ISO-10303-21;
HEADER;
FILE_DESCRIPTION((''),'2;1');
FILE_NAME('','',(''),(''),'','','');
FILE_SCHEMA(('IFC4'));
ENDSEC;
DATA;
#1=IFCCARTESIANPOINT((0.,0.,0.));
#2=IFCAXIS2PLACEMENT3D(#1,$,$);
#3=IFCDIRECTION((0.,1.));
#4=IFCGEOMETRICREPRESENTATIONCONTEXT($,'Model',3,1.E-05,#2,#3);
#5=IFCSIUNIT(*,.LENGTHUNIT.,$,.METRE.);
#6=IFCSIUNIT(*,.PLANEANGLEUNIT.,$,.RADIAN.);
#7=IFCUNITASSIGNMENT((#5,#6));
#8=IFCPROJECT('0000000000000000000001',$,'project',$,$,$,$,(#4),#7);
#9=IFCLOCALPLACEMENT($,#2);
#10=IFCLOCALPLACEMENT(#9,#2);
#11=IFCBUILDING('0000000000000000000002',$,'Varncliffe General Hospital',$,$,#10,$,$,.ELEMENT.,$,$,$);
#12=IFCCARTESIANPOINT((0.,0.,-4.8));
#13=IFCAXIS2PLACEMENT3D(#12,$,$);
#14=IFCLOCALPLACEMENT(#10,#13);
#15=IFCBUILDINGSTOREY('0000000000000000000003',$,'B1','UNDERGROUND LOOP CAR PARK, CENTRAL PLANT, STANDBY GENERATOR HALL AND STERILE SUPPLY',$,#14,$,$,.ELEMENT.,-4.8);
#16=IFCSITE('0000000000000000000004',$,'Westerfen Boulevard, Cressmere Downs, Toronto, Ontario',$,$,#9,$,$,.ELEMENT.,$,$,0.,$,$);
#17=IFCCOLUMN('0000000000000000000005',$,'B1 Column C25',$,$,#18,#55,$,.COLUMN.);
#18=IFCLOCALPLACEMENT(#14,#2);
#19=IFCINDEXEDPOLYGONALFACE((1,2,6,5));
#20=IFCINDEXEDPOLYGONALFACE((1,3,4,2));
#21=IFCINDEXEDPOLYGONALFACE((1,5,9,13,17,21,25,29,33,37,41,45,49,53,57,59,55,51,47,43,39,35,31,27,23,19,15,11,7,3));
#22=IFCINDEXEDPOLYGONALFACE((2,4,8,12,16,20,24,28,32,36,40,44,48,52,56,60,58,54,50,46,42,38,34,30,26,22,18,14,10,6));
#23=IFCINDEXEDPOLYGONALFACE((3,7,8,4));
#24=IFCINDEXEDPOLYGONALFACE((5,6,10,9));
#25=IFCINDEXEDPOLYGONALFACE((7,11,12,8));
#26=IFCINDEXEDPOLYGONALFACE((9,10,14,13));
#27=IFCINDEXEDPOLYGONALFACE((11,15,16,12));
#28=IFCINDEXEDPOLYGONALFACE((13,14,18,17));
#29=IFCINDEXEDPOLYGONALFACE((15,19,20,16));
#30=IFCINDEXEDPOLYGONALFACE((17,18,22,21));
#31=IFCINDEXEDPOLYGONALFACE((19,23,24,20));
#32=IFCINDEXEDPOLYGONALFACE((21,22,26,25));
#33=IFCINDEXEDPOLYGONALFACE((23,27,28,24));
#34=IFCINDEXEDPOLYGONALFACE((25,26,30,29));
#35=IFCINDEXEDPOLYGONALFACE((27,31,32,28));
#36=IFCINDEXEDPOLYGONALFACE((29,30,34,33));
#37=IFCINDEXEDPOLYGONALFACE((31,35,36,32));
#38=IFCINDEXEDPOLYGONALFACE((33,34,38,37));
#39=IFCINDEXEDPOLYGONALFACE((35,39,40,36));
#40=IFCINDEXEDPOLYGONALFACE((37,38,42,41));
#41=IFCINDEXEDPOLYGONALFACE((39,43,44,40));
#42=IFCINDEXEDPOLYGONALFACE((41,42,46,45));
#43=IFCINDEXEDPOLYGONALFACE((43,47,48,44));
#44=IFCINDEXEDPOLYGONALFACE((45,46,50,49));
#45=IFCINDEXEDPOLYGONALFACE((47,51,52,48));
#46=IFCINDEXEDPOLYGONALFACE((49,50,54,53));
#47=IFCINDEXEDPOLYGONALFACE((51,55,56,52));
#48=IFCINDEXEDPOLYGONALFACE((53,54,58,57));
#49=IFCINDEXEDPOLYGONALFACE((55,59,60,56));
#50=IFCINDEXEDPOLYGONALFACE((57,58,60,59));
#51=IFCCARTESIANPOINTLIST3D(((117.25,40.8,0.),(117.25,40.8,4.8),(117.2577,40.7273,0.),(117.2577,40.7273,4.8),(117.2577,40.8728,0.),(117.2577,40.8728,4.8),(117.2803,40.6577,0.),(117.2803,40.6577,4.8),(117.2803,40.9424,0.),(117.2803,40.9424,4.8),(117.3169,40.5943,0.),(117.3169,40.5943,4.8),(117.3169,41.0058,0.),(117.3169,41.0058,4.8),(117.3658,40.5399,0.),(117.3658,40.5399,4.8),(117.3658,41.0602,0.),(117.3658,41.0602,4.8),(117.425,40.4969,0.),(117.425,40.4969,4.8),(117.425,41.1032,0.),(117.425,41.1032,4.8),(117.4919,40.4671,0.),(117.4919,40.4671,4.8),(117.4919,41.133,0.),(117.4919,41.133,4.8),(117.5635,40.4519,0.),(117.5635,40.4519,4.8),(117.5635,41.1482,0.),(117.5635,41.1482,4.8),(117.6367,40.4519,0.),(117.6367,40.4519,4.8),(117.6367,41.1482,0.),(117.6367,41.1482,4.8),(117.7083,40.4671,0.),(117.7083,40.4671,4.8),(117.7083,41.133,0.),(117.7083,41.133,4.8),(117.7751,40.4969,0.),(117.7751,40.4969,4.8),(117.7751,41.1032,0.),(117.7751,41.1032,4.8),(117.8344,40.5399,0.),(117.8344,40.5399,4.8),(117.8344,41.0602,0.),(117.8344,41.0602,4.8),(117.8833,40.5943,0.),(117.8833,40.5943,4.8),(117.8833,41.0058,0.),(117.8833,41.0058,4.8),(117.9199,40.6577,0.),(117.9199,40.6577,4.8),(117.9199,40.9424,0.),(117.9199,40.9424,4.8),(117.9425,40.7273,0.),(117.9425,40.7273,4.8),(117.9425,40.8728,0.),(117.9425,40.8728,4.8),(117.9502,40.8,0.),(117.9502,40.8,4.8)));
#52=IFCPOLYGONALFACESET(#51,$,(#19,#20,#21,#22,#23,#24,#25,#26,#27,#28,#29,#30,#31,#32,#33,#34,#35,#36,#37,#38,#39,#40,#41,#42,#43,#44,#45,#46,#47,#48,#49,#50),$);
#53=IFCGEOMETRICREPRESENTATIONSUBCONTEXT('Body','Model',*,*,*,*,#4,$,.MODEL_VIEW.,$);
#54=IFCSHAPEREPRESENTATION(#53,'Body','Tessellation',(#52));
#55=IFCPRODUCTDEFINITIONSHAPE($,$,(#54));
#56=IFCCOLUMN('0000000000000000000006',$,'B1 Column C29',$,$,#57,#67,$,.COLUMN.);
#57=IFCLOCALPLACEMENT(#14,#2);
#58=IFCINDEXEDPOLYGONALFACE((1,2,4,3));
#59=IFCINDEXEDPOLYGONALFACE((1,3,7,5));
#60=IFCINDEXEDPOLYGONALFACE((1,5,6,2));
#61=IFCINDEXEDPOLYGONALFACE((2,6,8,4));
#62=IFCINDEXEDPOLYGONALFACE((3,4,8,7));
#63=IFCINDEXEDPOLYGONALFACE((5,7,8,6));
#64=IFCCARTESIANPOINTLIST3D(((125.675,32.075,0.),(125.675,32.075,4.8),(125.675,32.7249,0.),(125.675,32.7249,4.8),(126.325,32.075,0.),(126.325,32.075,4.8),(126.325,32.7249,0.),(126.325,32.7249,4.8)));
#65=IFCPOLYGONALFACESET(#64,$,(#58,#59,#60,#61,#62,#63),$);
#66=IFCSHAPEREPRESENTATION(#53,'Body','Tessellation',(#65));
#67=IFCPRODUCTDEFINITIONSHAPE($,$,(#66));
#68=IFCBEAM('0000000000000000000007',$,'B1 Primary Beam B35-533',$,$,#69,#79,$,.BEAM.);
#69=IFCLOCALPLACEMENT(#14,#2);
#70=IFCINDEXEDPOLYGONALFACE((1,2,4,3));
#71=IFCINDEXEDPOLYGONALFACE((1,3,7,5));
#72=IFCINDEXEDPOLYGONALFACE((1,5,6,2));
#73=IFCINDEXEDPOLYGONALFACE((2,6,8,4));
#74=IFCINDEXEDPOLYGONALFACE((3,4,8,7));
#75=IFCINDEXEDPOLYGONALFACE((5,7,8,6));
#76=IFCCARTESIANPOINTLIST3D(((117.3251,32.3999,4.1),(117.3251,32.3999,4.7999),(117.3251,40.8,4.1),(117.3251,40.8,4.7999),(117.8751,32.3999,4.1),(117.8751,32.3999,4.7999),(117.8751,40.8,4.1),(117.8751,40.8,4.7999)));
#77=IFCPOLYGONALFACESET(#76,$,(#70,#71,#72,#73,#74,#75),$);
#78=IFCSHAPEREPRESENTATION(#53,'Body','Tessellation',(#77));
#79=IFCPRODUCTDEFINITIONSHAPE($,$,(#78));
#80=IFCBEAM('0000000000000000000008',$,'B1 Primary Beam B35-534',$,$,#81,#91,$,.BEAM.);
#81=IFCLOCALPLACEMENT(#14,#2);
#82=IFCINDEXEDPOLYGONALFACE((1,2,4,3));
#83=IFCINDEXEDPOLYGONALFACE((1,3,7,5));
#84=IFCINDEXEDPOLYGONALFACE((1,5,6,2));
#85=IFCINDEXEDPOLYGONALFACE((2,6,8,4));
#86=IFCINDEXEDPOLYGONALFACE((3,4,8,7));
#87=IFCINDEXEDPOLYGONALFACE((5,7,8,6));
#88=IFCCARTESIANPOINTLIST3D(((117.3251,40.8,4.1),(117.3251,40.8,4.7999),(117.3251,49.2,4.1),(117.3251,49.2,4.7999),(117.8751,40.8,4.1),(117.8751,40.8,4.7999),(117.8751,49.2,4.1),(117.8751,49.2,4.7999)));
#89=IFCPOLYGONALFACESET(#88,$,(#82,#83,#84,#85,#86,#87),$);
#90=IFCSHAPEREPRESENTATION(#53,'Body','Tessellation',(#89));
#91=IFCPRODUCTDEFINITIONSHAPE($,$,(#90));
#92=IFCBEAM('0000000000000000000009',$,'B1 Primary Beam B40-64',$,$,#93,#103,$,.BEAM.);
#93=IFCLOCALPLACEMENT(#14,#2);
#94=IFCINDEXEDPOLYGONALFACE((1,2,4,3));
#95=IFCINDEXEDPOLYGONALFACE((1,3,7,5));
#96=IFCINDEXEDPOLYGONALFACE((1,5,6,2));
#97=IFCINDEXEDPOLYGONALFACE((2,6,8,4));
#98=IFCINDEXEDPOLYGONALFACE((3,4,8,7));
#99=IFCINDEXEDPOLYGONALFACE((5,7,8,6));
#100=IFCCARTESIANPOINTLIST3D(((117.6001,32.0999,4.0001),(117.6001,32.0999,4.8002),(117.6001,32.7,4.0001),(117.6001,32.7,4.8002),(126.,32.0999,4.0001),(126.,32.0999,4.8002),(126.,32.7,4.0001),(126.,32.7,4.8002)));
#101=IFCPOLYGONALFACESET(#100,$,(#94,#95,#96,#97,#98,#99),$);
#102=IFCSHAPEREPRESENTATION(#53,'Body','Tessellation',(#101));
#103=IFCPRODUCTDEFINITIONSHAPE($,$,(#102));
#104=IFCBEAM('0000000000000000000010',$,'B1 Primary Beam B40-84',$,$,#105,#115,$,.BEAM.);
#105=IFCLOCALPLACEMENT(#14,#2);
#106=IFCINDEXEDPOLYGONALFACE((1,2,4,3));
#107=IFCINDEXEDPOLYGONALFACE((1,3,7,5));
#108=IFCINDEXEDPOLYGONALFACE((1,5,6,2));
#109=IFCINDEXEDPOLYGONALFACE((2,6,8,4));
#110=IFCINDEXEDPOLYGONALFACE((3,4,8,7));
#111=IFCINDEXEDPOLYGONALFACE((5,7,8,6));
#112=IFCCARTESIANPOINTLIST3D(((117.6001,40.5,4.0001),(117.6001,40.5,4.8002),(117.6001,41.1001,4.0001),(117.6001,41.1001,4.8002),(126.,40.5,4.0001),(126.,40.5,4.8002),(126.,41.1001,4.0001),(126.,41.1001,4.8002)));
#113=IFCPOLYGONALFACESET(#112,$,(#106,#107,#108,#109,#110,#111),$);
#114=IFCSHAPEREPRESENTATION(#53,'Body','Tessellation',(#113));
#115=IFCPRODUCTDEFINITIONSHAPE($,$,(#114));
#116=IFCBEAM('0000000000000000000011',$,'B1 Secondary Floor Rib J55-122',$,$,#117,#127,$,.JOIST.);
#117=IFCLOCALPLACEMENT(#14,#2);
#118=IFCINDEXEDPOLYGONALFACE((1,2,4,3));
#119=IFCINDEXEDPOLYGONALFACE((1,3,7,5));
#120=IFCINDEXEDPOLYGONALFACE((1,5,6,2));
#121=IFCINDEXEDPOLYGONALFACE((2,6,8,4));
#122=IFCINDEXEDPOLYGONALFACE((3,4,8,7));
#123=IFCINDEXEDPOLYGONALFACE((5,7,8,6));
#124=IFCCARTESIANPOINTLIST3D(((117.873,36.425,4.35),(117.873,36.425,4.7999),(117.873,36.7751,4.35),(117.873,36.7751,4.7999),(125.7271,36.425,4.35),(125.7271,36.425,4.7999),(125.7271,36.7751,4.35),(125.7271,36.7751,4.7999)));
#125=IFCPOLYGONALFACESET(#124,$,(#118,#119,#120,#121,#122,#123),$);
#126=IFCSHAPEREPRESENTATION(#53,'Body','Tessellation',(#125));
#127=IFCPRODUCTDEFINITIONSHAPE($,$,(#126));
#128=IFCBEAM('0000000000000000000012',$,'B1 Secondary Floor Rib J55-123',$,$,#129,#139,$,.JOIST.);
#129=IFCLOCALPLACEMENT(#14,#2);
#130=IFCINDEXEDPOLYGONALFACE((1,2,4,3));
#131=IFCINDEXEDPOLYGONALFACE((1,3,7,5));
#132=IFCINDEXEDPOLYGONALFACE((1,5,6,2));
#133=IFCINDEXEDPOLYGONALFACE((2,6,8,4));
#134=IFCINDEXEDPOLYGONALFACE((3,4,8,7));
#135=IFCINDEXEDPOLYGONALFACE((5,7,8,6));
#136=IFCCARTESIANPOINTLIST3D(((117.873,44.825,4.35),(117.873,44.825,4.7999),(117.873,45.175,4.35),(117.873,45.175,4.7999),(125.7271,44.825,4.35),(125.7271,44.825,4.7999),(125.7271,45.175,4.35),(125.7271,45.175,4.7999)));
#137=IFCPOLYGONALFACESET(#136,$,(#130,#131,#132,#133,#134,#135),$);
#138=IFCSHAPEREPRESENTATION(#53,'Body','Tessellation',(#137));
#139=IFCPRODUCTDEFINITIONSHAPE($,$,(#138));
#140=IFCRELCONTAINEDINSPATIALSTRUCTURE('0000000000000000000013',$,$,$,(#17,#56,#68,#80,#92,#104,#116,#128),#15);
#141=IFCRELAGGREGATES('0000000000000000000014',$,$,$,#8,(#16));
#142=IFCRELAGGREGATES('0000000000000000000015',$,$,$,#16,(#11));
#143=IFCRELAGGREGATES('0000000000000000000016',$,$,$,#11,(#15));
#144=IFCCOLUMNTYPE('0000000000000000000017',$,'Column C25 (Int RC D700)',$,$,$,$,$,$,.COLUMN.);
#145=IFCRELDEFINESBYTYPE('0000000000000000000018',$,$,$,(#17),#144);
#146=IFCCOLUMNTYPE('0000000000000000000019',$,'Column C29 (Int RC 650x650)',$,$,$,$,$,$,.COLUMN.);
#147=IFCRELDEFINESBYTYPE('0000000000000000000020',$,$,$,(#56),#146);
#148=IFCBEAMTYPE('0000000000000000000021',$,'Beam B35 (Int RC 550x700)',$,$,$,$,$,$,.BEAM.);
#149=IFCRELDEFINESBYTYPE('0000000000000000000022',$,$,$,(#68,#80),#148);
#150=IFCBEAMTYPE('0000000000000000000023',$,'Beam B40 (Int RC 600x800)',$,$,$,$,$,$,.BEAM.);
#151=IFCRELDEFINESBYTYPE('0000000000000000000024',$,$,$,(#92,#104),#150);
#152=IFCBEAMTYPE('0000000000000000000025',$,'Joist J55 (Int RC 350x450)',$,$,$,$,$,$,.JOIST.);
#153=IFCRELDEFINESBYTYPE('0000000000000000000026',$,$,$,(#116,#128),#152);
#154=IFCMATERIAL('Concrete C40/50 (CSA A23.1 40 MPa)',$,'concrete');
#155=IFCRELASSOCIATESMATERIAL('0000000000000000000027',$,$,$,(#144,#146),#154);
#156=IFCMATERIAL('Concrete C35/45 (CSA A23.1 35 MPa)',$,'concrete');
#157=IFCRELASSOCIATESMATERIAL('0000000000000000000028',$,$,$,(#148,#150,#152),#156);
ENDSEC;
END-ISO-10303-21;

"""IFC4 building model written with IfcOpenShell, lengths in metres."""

from ifc_helpers import new_model, si_unit, direction, frame, origin, origin_2d, place, context, subcontext, project, spatial, rectangle, circle, extrude, material, material_profile, profile_set, type_object, element, save


model = new_model("IFC4")

# Units and contexts
model_context = context("Model", 3, precision=1e-05, world=origin(), true_north=direction((0.0, 1.0)))
body_context = subcontext(model_context, "Body", "Model", "MODEL_VIEW")
ifc_project = project(units=[si_unit("LENGTHUNIT", "METRE"), si_unit("PLANEANGLEUNIT", "RADIAN")], contexts=[model_context])

# Site, building, storey
site_placement = place(None, origin())
site = spatial("IfcSite", under=ifc_project, at=site_placement, Name="Westerfen Boulevard, Cressmere Downs, Toronto, Ontario", CompositionType="ELEMENT", RefElevation=0.0)
building_placement = place(site_placement, origin())
building = spatial("IfcBuilding", under=site, at=building_placement, Name="Varncliffe General Hospital", CompositionType="ELEMENT")
storey_placement = place(building_placement, frame((0.0, 0.0, -4.8)))
storey = spatial("IfcBuildingStorey", under=building, at=storey_placement, Name="B1", Description="UNDERGROUND LOOP CAR PARK, CENTRAL PLANT, STANDBY GENERATOR HALL AND STERILE SUPPLY", CompositionType="ELEMENT", Elevation=-4.8)

# Shared definitions
ifc_material_1 = material(Name="Concrete C40/50 (CSA A23.1 40 MPa)", Category="concrete")

# Columns
ifc_material_profile_1 = material_profile(ifc_material_1, circle(Radius=0.3501, at=origin_2d()), Name="RC D700")
ifc_profile_set_1 = profile_set([ifc_material_profile_1], Name="Concrete C40/50 (CSA A23.1 40 MPa)")
column_type_1 = type_object("IfcColumnType", Name="Column C25 (Int RC D700)", PredefinedType="COLUMN", material=ifc_profile_set_1)
for number, where, z_axis, x_axis, name in (
    (1, (117.6001, 40.8, 0.0), (0.0, 0.0, 1.0), (1.0, 0.0, 0.0), "B1 Column C25"),
):
    element("IfcColumn", number, at=place(storey_placement, frame(where, z_axis=z_axis, x_axis=x_axis)), inside=storey, type_object=column_type_1, Name=name, PredefinedType="COLUMN", context=body_context, shape_type="SweptSolid", body=[
        extrude(circle(Radius=0.3501, at=origin_2d()), origin(), (0.0, 0.0, 1.0), 4.8),
    ])
ifc_material_profile_2 = material_profile(ifc_material_1, rectangle(XDim=0.6499, YDim=0.6499, at=origin_2d()), Name="RC 650x650")
ifc_profile_set_2 = profile_set([ifc_material_profile_2], Name="Concrete C40/50 (CSA A23.1 40 MPa)")
column_type_2 = type_object("IfcColumnType", Name="Column C29 (Int RC 650x650)", PredefinedType="COLUMN", material=ifc_profile_set_2)
column_placement = place(storey_placement, frame((126.0, 32.3999, 0.0), z_axis=(0.0, 0.0, 1.0), x_axis=(1.0, 0.0, 0.0)))
element("IfcColumn", 2, at=column_placement, inside=storey, type_object=column_type_2, Name="B1 Column C29", PredefinedType="COLUMN", context=body_context, shape_type="SweptSolid", body=[
    extrude(rectangle(XDim=0.6499, YDim=0.6499, at=origin_2d()), origin(), (0.0, 0.0, 1.0), 4.8),
])

# Beams
ifc_material_2 = material(Name="Concrete C35/45 (CSA A23.1 35 MPa)", Category="concrete")
ifc_material_profile_3 = material_profile(ifc_material_2, rectangle(XDim=0.55, YDim=0.7, at=origin_2d()), Name="RC 550x700")
ifc_profile_set_3 = profile_set([ifc_material_profile_3], Name="Concrete C35/45 (CSA A23.1 35 MPa)")
beam_type_1 = type_object("IfcBeamType", Name="Beam B35 (Int RC 550x700)", PredefinedType="BEAM", material=ifc_profile_set_3)
beam_1_placement = place(storey_placement, frame((117.6001, 32.3999, 4.45), z_axis=(0.0, 1.0, 0.0), x_axis=(-1.0, 0.0, 0.0)))
element("IfcBeam", 3, at=beam_1_placement, inside=storey, type_object=beam_type_1, Name="B1 Primary Beam B35-533", PredefinedType="BEAM", context=body_context, shape_type="SweptSolid", body=[
    extrude(rectangle(XDim=0.55, YDim=0.7, at=origin_2d()), origin(), (0.0, 0.0, 1.0), 8.4001),
])
beam_2_placement = place(storey_placement, frame((117.6001, 40.8, 4.45), z_axis=(0.0, 1.0, 0.0), x_axis=(-1.0, 0.0, 0.0)))
element("IfcBeam", 4, at=beam_2_placement, inside=storey, type_object=beam_type_1, Name="B1 Primary Beam B35-534", PredefinedType="BEAM", context=body_context, shape_type="SweptSolid", body=[
    extrude(rectangle(XDim=0.55, YDim=0.7, at=origin_2d()), origin(), (0.0, 0.0, 1.0), 8.3999),
])
ifc_material_profile_4 = material_profile(ifc_material_2, rectangle(XDim=0.6001, YDim=0.8, at=origin_2d()), Name="RC 600x800")
ifc_profile_set_4 = profile_set([ifc_material_profile_4], Name="Concrete C35/45 (CSA A23.1 35 MPa)")
beam_type_2 = type_object("IfcBeamType", Name="Beam B40 (Int RC 600x800)", PredefinedType="BEAM", material=ifc_profile_set_4)
for number, where, z_axis, x_axis, name in (
    (5, (117.6001, 32.3999, 4.4001), (1.0, 0.0, 0.0), (0.0, 1.0, 0.0), "B1 Primary Beam B40-64"),
    (6, (117.6001, 40.8, 4.4001), (1.0, 0.0, 0.0), (0.0, 1.0, 0.0), "B1 Primary Beam B40-84"),
):
    element("IfcBeam", number, at=place(storey_placement, frame(where, z_axis=z_axis, x_axis=x_axis)), inside=storey, type_object=beam_type_2, Name=name, PredefinedType="BEAM", context=body_context, shape_type="SweptSolid", body=[
        extrude(rectangle(XDim=0.6001, YDim=0.8, at=origin_2d()), origin(), (0.0, 0.0, 1.0), 8.3999),
    ])
ifc_material_profile_5 = material_profile(ifc_material_2, rectangle(XDim=0.3501, YDim=0.45, at=origin_2d()), Name="RC 350x450")
ifc_profile_set_5 = profile_set([ifc_material_profile_5], Name="Concrete C35/45 (CSA A23.1 35 MPa)")
beam_type_3 = type_object("IfcBeamType", Name="Joist J55 (Int RC 350x450)", PredefinedType="JOIST", material=ifc_profile_set_5)
for number, where, z_axis, x_axis, name in (
    (7, (117.873, 36.6001, 4.575), (1.0, 0.0, 0.0), (0.0, 1.0, 0.0), "B1 Secondary Floor Rib J55-122"),
    (8, (117.873, 45.0, 4.575), (1.0, 0.0, 0.0), (0.0, 1.0, 0.0), "B1 Secondary Floor Rib J55-123"),
):
    element("IfcBeam", number, at=place(storey_placement, frame(where, z_axis=z_axis, x_axis=x_axis)), inside=storey, type_object=beam_type_3, Name=name, PredefinedType="JOIST", context=body_context, shape_type="SweptSolid", body=[
        extrude(rectangle(XDim=0.3501, YDim=0.45, at=origin_2d()), origin(), (0.0, 0.0, 1.0), 7.854),
    ])

save(model, "model.ifc")
